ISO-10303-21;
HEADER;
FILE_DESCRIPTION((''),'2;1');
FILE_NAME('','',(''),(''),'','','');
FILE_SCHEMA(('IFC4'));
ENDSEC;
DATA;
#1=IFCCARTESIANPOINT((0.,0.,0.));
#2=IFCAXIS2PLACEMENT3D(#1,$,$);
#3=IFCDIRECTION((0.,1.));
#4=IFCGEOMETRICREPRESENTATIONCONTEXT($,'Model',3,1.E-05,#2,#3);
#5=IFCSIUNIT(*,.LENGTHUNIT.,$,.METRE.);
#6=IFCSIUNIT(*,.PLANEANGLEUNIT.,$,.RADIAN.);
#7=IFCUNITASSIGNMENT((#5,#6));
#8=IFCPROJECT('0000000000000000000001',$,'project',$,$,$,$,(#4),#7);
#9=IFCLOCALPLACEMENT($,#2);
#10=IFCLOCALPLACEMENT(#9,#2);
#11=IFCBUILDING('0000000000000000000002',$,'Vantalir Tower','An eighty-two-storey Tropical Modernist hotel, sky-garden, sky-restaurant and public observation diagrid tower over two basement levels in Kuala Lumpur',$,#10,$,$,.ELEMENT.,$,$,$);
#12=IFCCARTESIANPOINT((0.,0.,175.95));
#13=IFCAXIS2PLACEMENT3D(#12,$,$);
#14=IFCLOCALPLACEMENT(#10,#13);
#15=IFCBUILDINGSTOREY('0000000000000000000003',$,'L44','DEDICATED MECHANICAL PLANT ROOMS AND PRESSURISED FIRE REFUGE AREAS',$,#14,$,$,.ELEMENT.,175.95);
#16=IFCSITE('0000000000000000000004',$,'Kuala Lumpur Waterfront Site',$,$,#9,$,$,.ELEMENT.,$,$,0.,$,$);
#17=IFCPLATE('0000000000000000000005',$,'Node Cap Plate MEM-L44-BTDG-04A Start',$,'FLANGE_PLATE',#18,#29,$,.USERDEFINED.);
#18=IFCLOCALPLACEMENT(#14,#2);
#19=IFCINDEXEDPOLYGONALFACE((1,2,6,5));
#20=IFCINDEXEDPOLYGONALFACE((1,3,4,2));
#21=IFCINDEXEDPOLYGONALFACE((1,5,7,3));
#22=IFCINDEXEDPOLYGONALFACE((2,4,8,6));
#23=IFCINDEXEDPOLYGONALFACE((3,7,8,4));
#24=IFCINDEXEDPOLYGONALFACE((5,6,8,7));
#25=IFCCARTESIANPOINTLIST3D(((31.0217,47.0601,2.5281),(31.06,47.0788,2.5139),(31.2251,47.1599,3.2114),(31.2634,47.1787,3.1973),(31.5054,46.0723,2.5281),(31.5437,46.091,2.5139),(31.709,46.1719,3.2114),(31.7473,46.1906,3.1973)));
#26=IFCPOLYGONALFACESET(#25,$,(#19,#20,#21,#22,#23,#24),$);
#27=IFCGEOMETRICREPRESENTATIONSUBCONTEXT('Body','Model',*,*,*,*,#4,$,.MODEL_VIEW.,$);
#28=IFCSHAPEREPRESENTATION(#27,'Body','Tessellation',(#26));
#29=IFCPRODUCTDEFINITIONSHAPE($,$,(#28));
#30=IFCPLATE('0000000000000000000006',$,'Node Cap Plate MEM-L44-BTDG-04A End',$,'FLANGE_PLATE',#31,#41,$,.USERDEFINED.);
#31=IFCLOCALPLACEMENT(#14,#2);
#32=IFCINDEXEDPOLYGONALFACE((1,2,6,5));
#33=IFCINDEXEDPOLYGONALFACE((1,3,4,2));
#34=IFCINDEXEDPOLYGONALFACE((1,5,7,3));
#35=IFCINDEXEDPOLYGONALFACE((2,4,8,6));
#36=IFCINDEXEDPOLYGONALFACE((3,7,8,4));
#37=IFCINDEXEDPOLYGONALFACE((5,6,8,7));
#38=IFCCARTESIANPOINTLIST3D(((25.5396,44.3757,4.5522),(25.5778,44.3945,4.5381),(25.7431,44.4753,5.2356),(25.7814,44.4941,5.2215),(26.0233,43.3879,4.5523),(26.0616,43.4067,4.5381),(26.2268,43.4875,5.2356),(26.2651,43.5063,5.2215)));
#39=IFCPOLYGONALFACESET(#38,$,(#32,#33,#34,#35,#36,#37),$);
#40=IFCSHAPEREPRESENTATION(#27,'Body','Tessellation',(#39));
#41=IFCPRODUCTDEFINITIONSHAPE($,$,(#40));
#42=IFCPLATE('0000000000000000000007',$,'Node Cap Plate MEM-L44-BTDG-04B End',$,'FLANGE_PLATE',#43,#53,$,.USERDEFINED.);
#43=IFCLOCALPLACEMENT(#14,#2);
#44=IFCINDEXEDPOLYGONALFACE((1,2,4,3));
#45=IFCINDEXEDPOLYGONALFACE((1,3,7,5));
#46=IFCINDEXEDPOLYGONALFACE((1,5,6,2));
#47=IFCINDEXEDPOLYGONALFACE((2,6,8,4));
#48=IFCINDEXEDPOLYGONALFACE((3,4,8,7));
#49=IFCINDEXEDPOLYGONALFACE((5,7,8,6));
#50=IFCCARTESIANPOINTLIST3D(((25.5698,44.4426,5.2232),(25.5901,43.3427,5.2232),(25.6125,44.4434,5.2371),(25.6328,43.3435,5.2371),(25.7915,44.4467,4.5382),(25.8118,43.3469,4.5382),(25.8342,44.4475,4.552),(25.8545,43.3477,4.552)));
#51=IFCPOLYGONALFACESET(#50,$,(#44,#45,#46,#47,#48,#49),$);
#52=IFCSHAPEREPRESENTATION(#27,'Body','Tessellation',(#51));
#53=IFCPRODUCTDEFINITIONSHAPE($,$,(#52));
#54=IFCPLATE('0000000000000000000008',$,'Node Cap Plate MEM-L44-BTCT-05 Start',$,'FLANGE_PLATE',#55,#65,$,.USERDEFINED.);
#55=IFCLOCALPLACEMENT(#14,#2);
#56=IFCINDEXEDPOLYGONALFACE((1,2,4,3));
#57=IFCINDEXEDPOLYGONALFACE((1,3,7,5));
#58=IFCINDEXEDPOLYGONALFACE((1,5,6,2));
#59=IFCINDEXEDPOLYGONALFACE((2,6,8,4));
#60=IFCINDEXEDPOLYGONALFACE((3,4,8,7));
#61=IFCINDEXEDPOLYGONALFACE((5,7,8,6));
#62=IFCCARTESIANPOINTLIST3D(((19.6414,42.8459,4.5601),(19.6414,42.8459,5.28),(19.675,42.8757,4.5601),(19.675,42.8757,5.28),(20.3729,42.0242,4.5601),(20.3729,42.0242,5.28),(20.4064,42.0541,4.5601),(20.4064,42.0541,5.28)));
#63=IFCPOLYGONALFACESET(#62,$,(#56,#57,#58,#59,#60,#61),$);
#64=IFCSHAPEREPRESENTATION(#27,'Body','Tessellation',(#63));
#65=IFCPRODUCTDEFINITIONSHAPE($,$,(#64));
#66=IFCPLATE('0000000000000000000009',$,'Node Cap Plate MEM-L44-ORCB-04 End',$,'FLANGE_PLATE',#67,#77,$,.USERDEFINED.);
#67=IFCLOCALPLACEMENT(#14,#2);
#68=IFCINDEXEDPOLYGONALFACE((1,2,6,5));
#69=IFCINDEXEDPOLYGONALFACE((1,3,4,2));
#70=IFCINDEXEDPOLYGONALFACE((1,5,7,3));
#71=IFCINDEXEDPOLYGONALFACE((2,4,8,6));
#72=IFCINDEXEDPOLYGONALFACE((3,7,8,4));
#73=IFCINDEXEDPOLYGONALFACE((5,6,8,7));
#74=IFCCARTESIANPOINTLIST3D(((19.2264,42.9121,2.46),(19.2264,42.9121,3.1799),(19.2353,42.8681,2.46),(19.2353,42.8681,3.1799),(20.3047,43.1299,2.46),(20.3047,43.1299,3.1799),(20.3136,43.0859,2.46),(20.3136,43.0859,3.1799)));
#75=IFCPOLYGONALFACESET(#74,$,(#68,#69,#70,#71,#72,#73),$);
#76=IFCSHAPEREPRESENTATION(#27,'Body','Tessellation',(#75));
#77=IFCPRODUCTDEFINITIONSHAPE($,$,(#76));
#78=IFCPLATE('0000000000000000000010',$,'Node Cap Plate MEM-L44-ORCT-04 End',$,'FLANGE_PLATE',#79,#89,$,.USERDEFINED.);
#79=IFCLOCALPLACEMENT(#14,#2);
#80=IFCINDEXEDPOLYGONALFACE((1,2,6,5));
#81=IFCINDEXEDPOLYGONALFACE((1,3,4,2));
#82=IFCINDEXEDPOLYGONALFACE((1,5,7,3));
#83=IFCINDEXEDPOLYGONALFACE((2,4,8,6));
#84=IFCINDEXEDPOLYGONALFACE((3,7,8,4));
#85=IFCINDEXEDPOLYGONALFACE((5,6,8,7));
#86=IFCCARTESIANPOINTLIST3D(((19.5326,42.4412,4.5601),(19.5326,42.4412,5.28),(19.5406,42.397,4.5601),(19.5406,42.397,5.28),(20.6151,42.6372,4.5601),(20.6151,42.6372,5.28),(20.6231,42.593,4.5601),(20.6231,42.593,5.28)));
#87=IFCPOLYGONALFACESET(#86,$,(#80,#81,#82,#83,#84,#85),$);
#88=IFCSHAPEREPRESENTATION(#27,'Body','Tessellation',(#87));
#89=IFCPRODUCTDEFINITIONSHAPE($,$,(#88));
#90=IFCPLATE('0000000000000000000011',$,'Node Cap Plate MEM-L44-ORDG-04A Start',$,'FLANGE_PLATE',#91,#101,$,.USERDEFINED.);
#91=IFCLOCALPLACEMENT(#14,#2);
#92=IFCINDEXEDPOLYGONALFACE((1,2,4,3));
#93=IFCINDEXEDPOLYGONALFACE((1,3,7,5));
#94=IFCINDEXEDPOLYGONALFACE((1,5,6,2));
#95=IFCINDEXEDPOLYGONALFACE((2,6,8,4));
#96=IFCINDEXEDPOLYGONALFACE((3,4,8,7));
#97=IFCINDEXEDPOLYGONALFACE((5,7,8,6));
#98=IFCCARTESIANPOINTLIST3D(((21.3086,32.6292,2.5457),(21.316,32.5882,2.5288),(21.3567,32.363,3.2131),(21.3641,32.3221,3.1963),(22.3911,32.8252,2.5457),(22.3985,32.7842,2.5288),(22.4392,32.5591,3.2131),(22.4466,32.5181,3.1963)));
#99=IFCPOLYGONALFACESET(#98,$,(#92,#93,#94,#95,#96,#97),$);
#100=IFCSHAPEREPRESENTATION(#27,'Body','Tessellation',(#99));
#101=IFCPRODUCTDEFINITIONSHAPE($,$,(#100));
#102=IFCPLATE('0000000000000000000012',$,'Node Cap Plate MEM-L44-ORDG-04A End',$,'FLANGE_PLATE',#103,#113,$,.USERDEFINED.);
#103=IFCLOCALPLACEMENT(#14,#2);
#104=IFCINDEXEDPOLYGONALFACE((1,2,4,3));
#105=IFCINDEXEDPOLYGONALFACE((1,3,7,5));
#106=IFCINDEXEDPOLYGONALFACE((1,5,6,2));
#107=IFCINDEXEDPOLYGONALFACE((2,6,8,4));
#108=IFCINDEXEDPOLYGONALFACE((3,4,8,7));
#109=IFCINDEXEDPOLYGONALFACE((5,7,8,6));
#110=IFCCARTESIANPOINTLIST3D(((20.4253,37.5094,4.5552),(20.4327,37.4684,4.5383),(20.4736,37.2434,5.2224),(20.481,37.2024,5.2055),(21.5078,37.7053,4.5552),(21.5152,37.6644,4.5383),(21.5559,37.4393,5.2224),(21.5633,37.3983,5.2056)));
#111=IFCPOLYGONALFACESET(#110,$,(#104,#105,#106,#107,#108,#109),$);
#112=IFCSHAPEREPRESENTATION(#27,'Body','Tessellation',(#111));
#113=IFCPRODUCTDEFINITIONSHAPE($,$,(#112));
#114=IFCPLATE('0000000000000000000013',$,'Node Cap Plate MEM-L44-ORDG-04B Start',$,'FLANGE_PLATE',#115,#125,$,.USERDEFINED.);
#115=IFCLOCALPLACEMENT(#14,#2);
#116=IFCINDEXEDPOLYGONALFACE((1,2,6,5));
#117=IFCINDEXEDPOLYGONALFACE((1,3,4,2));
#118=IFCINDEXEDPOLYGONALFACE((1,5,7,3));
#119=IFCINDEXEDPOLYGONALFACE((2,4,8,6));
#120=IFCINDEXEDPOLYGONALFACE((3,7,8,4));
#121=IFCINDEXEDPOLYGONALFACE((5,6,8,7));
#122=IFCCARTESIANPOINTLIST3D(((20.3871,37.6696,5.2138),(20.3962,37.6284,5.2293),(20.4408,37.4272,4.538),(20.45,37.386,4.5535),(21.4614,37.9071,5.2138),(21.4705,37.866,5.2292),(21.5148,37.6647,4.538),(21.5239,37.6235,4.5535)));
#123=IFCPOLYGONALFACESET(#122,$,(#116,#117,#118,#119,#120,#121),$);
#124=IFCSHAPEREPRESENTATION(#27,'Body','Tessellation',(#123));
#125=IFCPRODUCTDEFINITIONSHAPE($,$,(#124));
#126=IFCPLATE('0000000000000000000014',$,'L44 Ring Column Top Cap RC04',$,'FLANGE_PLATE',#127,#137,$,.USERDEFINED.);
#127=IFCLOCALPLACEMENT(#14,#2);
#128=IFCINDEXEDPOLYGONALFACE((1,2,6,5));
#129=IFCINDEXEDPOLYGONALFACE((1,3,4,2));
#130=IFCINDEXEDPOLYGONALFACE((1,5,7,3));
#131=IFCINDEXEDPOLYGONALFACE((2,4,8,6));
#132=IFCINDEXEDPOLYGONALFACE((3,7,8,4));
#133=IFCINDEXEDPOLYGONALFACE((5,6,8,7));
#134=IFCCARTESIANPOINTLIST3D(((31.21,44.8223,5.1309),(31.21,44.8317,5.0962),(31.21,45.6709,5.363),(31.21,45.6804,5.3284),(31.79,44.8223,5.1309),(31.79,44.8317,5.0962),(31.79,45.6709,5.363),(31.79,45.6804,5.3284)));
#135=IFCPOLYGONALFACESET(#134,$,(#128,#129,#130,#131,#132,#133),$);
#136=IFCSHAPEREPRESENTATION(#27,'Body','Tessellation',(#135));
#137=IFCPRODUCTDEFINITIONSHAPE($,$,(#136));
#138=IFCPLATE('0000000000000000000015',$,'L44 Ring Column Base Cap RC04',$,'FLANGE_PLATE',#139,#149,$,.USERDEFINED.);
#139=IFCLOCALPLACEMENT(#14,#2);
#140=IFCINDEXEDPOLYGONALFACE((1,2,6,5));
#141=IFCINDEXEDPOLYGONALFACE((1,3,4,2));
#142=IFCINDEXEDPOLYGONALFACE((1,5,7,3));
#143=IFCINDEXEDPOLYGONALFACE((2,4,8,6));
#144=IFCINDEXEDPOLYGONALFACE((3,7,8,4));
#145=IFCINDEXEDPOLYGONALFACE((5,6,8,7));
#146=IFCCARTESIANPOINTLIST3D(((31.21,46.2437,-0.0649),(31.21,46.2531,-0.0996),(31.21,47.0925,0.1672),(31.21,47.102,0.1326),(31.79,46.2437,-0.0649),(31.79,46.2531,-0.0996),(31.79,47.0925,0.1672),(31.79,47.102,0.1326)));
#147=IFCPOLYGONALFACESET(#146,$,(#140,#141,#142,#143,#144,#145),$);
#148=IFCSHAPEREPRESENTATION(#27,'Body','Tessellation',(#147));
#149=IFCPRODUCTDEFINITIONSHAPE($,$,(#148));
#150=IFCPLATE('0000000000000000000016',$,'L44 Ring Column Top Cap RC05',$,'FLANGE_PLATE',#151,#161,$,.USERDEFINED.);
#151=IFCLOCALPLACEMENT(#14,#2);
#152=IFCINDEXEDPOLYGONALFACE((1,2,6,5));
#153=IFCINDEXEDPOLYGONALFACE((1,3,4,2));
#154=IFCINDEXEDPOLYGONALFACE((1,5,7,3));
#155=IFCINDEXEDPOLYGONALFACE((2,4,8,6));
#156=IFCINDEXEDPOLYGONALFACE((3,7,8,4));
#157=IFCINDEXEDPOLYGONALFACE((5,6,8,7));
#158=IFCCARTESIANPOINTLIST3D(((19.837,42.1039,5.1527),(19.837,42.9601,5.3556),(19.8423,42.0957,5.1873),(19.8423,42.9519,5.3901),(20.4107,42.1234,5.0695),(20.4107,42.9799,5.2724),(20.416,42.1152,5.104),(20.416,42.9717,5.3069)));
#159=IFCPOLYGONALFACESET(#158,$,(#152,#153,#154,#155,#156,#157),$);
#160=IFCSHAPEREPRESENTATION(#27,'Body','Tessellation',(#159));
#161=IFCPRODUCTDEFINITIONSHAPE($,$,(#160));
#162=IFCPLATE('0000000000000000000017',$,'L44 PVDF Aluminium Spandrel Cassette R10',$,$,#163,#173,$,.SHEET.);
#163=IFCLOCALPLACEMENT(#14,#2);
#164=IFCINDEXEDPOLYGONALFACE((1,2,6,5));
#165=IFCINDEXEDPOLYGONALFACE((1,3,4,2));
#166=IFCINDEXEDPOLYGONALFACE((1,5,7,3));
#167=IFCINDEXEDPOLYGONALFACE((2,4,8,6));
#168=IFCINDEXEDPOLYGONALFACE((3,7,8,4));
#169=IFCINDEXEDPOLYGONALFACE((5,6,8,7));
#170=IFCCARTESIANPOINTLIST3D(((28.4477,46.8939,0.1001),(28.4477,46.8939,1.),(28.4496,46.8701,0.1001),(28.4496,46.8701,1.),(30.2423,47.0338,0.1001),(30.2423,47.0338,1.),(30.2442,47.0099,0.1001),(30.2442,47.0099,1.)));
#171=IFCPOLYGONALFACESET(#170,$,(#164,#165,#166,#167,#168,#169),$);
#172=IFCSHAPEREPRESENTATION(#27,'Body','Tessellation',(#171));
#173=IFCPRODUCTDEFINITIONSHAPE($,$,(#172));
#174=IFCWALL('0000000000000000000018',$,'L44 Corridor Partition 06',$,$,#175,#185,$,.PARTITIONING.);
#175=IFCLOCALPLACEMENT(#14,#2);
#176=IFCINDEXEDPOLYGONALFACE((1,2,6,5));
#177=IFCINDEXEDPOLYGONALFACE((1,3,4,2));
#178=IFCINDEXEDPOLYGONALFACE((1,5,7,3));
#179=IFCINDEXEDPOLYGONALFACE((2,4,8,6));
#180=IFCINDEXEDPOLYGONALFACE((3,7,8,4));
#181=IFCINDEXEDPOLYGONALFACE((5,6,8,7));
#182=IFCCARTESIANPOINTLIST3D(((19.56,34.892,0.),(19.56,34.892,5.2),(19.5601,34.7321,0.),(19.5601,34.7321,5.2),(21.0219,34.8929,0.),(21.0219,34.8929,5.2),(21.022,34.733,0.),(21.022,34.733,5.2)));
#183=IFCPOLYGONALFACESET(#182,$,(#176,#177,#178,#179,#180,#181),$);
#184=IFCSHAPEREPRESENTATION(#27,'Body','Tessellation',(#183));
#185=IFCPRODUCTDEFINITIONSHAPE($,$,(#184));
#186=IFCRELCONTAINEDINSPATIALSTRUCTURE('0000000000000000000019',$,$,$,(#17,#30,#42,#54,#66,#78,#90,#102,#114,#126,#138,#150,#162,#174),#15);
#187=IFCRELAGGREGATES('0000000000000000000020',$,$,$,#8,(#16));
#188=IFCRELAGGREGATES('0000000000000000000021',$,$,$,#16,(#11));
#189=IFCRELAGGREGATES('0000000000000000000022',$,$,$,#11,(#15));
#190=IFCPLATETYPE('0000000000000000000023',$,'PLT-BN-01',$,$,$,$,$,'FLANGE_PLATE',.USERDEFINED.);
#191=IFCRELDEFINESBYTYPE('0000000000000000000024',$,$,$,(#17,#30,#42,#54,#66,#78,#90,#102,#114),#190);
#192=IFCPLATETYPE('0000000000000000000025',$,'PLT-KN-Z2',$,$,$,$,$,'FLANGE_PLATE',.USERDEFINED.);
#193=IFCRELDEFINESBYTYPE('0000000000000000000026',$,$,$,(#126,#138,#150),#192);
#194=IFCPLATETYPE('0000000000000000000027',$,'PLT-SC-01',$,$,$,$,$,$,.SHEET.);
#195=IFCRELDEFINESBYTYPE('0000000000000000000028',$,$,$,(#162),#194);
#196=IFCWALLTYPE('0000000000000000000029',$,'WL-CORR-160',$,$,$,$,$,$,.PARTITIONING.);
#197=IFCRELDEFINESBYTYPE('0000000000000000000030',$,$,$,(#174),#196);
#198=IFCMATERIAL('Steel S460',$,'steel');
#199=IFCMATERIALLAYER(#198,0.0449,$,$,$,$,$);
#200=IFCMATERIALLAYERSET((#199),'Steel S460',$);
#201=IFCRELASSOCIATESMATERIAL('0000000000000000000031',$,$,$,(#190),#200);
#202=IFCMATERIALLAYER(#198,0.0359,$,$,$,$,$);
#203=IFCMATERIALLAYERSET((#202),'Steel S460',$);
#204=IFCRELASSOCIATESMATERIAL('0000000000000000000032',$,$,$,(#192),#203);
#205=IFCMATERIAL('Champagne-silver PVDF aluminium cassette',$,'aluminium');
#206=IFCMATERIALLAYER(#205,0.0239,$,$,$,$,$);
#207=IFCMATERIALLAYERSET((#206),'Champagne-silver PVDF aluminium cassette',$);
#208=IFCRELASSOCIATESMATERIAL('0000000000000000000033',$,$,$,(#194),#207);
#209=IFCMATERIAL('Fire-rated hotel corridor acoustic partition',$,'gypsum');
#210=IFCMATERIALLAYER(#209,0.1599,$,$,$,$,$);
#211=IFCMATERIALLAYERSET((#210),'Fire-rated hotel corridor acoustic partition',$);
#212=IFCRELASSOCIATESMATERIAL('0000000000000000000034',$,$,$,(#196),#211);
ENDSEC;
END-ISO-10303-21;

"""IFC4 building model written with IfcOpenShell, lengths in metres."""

from ifc_helpers import new_model, si_unit, direction, frame, frame_2d, origin, origin_2d, place, context, subcontext, project, spatial, polyline, rectangle, outline, extrude, material, layer, layer_set, type_object, element, save


model = new_model("IFC4")

# Units and contexts
model_context = context("Model", 3, precision=1e-05, world=origin(), true_north=direction((0.0, 1.0)))
body_context = subcontext(model_context, "Body", "Model", "MODEL_VIEW")
ifc_project = project(units=[si_unit("LENGTHUNIT", "METRE"), si_unit("PLANEANGLEUNIT", "RADIAN")], contexts=[model_context])

# Site, building, storey
site_placement = place(None, origin())
site = spatial("IfcSite", under=ifc_project, at=site_placement, Name="Kuala Lumpur Waterfront Site", CompositionType="ELEMENT", RefElevation=0.0)
building_placement = place(site_placement, origin())
building = spatial("IfcBuilding", under=site, at=building_placement, Name="Vantalir Tower", Description="An eighty-two-storey Tropical Modernist hotel, sky-garden, sky-restaurant and public observation diagrid tower over two basement levels in Kuala Lumpur", CompositionType="ELEMENT")
storey_placement = place(building_placement, frame((0.0, 0.0, 175.95)))
storey = spatial("IfcBuildingStorey", under=building, at=storey_placement, Name="L44", Description="DEDICATED MECHANICAL PLANT ROOMS AND PRESSURISED FIRE REFUGE AREAS", CompositionType="ELEMENT", Elevation=175.95)

# Shared definitions
ifc_material_1 = material(Name="Steel S460", Category="steel")

# Plates
ifc_layer_1 = layer(ifc_material_1, 0.0449)
ifc_layer_set_1 = layer_set([ifc_layer_1], Name="Steel S460")
plate_type_1 = type_object("IfcPlateType", Name="PLT-BN-01", ElementType="FLANGE_PLATE", PredefinedType="USERDEFINED", material=ifc_layer_set_1)
plate_1_placement = place(storey_placement, frame((31.0217, 47.0601, 2.5281), z_axis=(-0.852451, -0.41743, 0.314769), x_axis=(0.439781, -0.898105, -0.000015)))
element("IfcPlate", 1, at=plate_1_placement, inside=storey, type_object=plate_type_1, Name="Node Cap Plate MEM-L44-BTDG-04A Start", ObjectType="FLANGE_PLATE", PredefinedType="USERDEFINED", context=body_context, shape_type="SweptSolid", body=[
    extrude(outline(polyline([(0.0, 0.0), (1.0998, 0.0), (1.0999, 0.72), (-0.0003, 0.7199), (0.0, 0.0)])), origin(), (0.0, 0.0, -1.0), 0.0449),
])
plate_2_placement = place(storey_placement, frame((25.5396, 44.3757, 4.5522), z_axis=(-0.852451, -0.417482, 0.314702), x_axis=(0.439838, -0.898077, 0.00003)))
element("IfcPlate", 2, at=plate_2_placement, inside=storey, type_object=plate_type_1, Name="Node Cap Plate MEM-L44-BTDG-04A End", ObjectType="FLANGE_PLATE", PredefinedType="USERDEFINED", context=body_context, shape_type="SweptSolid", body=[
    extrude(outline(polyline([(0.0, 0.0), (1.0999, 0.0), (1.1, 0.7199), (0.0001, 0.72), (0.0, 0.0)])), origin(), (0.0, 0.0, -1.0), 0.0449),
])
plate_3_placement = place(storey_placement, frame((25.8545, 43.3477, 4.552), z_axis=(0.95125, 0.017526, 0.307923), x_axis=(-0.018421, 0.99983, 0.0)))
element("IfcPlate", 3, at=plate_3_placement, inside=storey, type_object=plate_type_1, Name="Node Cap Plate MEM-L44-BTDG-04B End", ObjectType="FLANGE_PLATE", PredefinedType="USERDEFINED", context=body_context, shape_type="SweptSolid", body=[
    extrude(outline(polyline([(0.0, 0.0), (1.1, 0.0), (1.1, 0.72), (-0.0001, 0.72), (0.0, 0.0)])), origin(), (0.0, 0.0, -1.0), 0.0449),
])
for number, where, z_axis, x_axis, name in (
    (4, (20.0239, 42.45, 4.5601), (0.0, 0.0, 1.0), (-0.746905, -0.664931, 0.0), "Node Cap Plate MEM-L44-BTCT-05 Start"),
    (5, (19.77, 42.999, 2.46), (0.0, 0.0, 1.0), (-0.197965, 0.980209, 0.0), "Node Cap Plate MEM-L44-ORCB-04 End"),
    (6, (20.0779, 42.5171, 4.5601), (0.0, 0.0, 1.0), (-0.178098, 0.984013, 0.0), "Node Cap Plate MEM-L44-ORCT-04 End"),
):
    element("IfcPlate", number, at=place(storey_placement, frame(where, z_axis=z_axis, x_axis=x_axis)), inside=storey, type_object=plate_type_1, Name=name, ObjectType="FLANGE_PLATE", PredefinedType="USERDEFINED", context=body_context, shape_type="SweptSolid", body=[
        extrude(rectangle(XDim=0.0449, YDim=1.1001, at=origin_2d()), origin(), (0.0, 0.0, 1.0), 0.72),
    ])
plate_4_placement = place(storey_placement, frame((22.3911, 32.8252, 2.5457), z_axis=(-0.165162, 0.911989, 0.375496), x_axis=(-0.983994, -0.178202, 0.0)))
element("IfcPlate", 7, at=plate_4_placement, inside=storey, type_object=plate_type_1, Name="Node Cap Plate MEM-L44-ORDG-04A Start", ObjectType="FLANGE_PLATE", PredefinedType="USERDEFINED", context=body_context, shape_type="SweptSolid", body=[
    extrude(outline(polyline([(0.0, 0.0), (1.1001, 0.0), (1.1002, 0.7202), (0.0001, 0.7202), (0.0, 0.0)])), origin(), (0.0, 0.0, -1.0), 0.0449),
])
plate_5_placement = place(storey_placement, frame((21.5078, 37.7053, 4.5552), z_axis=(-0.16508, 0.912004, 0.375496), x_axis=(-0.984008, -0.178126, 0.000031)))
element("IfcPlate", 8, at=plate_5_placement, inside=storey, type_object=plate_type_1, Name="Node Cap Plate MEM-L44-ORDG-04A End", ObjectType="FLANGE_PLATE", PredefinedType="USERDEFINED", context=body_context, shape_type="SweptSolid", body=[
    extrude(outline(polyline([(0.0, 0.0), (1.1001, 0.0), (1.0999, 0.7199), (0.0001, 0.72), (0.0, 0.0)])), origin(), (0.0, 0.0, -1.0), 0.0449),
])
plate_6_placement = place(storey_placement, frame((20.45, 37.386, 4.5535), z_axis=(0.202696, -0.916506, 0.344864), x_axis=(0.976405, 0.215946, 0.000008)))
element("IfcPlate", 9, at=plate_6_placement, inside=storey, type_object=plate_type_1, Name="Node Cap Plate MEM-L44-ORDG-04B Start", ObjectType="FLANGE_PLATE", PredefinedType="USERDEFINED", context=body_context, shape_type="SweptSolid", body=[
    extrude(outline(polyline([(0.0, 0.0), (1.0999, 0.0), (1.1001, 0.7199), (-0.0001, 0.72), (0.0, 0.0)])), origin(), (0.0, 0.0, -1.0), 0.0449),
])
ifc_layer_2 = layer(ifc_material_1, 0.0359)
ifc_layer_set_2 = layer_set([ifc_layer_2], Name="Steel S460")
plate_type_2 = type_object("IfcPlateType", Name="PLT-KN-Z2", ElementType="FLANGE_PLATE", PredefinedType="USERDEFINED", material=ifc_layer_set_2)
plate_7_placement = place(storey_placement, frame((31.21, 45.6709, 5.363), z_axis=(0.0, -0.263892, 0.964552), x_axis=(0.0, -0.964552, -0.263892)))
element("IfcPlate", 10, at=plate_7_placement, inside=storey, type_object=plate_type_2, Name="L44 Ring Column Top Cap RC04", ObjectType="FLANGE_PLATE", PredefinedType="USERDEFINED", context=body_context, shape_type="SweptSolid", body=[
    extrude(outline(polyline([(0.0, 0.0), (0.8798, 0.0), (0.8798, 0.5801), (0.0, 0.5801), (0.0, 0.0)])), origin(), (0.0, 0.0, -1.0), 0.0359),
])
plate_8_placement = place(storey_placement, frame((31.21, 47.0925, 0.1672), z_axis=(0.0, -0.263822, 0.964572), x_axis=(0.0, -0.964572, -0.263822)))
element("IfcPlate", 11, at=plate_8_placement, inside=storey, type_object=plate_type_2, Name="L44 Ring Column Base Cap RC04", ObjectType="FLANGE_PLATE", PredefinedType="USERDEFINED", context=body_context, shape_type="SweptSolid", body=[
    extrude(outline(polyline([(0.0, 0.0), (0.8801, 0.0), (0.8801, 0.5801), (0.0, 0.5801), (0.0, 0.0)])), origin(), (0.0, 0.0, -1.0), 0.0359),
])
plate_9_placement = place(storey_placement, frame((19.8423, 42.9519, 5.3901), z_axis=(0.147465, -0.228019, 0.962425), x_axis=(0.000005, -0.973063, -0.23054)))
element("IfcPlate", 12, at=plate_9_placement, inside=storey, type_object=plate_type_2, Name="L44 Ring Column Top Cap RC05", ObjectType="FLANGE_PLATE", PredefinedType="USERDEFINED", context=body_context, shape_type="SweptSolid", body=[
    extrude(outline(polyline([(0.0, 0.0), (0.8799, 0.0), (0.8801, 0.5801), (0.0, 0.5801), (0.0, 0.0)])), origin(), (0.0, 0.0, -1.0), 0.0359),
])
ifc_material_2 = material(Name="Champagne-silver PVDF aluminium cassette", Category="aluminium")
ifc_layer_3 = layer(ifc_material_2, 0.0239)
ifc_layer_set_3 = layer_set([ifc_layer_3], Name="Champagne-silver PVDF aluminium cassette")
plate_type_3 = type_object("IfcPlateType", Name="PLT-SC-01", PredefinedType="SHEET", material=ifc_layer_set_3)
plate_10_placement = place(storey_placement, frame((29.3459, 46.9519, 0.1001), z_axis=(0.0, 0.0, 1.0), x_axis=(-0.996977, -0.077693, 0.0)))
element("IfcPlate", 13, at=plate_10_placement, inside=storey, type_object=plate_type_3, Name="L44 PVDF Aluminium Spandrel Cassette R10", PredefinedType="SHEET", context=body_context, shape_type="SweptSolid", body=[
    extrude(rectangle(XDim=1.8, YDim=0.0239, at=origin_2d()), origin(), (0.0, 0.0, 1.0), 0.8999),
])

# Wall
ifc_material_3 = material(Name="Fire-rated hotel corridor acoustic partition", Category="gypsum")
ifc_layer_4 = layer(ifc_material_3, 0.1599)
ifc_layer_set_4 = layer_set([ifc_layer_4], Name="Fire-rated hotel corridor acoustic partition")
wall_type_1 = type_object("IfcWallType", Name="WL-CORR-160", PredefinedType="PARTITIONING", material=ifc_layer_set_4)
wall_1_placement = place(storey_placement, frame((19.5601, 34.812, 0.0), z_axis=(0.0, 0.0, 1.0), x_axis=(1.0, 0.000668, 0.0)))
element("IfcWall", 14, at=wall_1_placement, inside=storey, type_object=wall_type_1, Name="L44 Corridor Partition 06", PredefinedType="PARTITIONING", context=body_context, shape_type="SweptSolid", body=[
    extrude(rectangle(XDim=1.4619, YDim=0.1599, at=frame_2d((0.731, 0.0))), origin(), (0.0, 0.0, 1.0), 5.2),
])

save(model, "model.ifc")
